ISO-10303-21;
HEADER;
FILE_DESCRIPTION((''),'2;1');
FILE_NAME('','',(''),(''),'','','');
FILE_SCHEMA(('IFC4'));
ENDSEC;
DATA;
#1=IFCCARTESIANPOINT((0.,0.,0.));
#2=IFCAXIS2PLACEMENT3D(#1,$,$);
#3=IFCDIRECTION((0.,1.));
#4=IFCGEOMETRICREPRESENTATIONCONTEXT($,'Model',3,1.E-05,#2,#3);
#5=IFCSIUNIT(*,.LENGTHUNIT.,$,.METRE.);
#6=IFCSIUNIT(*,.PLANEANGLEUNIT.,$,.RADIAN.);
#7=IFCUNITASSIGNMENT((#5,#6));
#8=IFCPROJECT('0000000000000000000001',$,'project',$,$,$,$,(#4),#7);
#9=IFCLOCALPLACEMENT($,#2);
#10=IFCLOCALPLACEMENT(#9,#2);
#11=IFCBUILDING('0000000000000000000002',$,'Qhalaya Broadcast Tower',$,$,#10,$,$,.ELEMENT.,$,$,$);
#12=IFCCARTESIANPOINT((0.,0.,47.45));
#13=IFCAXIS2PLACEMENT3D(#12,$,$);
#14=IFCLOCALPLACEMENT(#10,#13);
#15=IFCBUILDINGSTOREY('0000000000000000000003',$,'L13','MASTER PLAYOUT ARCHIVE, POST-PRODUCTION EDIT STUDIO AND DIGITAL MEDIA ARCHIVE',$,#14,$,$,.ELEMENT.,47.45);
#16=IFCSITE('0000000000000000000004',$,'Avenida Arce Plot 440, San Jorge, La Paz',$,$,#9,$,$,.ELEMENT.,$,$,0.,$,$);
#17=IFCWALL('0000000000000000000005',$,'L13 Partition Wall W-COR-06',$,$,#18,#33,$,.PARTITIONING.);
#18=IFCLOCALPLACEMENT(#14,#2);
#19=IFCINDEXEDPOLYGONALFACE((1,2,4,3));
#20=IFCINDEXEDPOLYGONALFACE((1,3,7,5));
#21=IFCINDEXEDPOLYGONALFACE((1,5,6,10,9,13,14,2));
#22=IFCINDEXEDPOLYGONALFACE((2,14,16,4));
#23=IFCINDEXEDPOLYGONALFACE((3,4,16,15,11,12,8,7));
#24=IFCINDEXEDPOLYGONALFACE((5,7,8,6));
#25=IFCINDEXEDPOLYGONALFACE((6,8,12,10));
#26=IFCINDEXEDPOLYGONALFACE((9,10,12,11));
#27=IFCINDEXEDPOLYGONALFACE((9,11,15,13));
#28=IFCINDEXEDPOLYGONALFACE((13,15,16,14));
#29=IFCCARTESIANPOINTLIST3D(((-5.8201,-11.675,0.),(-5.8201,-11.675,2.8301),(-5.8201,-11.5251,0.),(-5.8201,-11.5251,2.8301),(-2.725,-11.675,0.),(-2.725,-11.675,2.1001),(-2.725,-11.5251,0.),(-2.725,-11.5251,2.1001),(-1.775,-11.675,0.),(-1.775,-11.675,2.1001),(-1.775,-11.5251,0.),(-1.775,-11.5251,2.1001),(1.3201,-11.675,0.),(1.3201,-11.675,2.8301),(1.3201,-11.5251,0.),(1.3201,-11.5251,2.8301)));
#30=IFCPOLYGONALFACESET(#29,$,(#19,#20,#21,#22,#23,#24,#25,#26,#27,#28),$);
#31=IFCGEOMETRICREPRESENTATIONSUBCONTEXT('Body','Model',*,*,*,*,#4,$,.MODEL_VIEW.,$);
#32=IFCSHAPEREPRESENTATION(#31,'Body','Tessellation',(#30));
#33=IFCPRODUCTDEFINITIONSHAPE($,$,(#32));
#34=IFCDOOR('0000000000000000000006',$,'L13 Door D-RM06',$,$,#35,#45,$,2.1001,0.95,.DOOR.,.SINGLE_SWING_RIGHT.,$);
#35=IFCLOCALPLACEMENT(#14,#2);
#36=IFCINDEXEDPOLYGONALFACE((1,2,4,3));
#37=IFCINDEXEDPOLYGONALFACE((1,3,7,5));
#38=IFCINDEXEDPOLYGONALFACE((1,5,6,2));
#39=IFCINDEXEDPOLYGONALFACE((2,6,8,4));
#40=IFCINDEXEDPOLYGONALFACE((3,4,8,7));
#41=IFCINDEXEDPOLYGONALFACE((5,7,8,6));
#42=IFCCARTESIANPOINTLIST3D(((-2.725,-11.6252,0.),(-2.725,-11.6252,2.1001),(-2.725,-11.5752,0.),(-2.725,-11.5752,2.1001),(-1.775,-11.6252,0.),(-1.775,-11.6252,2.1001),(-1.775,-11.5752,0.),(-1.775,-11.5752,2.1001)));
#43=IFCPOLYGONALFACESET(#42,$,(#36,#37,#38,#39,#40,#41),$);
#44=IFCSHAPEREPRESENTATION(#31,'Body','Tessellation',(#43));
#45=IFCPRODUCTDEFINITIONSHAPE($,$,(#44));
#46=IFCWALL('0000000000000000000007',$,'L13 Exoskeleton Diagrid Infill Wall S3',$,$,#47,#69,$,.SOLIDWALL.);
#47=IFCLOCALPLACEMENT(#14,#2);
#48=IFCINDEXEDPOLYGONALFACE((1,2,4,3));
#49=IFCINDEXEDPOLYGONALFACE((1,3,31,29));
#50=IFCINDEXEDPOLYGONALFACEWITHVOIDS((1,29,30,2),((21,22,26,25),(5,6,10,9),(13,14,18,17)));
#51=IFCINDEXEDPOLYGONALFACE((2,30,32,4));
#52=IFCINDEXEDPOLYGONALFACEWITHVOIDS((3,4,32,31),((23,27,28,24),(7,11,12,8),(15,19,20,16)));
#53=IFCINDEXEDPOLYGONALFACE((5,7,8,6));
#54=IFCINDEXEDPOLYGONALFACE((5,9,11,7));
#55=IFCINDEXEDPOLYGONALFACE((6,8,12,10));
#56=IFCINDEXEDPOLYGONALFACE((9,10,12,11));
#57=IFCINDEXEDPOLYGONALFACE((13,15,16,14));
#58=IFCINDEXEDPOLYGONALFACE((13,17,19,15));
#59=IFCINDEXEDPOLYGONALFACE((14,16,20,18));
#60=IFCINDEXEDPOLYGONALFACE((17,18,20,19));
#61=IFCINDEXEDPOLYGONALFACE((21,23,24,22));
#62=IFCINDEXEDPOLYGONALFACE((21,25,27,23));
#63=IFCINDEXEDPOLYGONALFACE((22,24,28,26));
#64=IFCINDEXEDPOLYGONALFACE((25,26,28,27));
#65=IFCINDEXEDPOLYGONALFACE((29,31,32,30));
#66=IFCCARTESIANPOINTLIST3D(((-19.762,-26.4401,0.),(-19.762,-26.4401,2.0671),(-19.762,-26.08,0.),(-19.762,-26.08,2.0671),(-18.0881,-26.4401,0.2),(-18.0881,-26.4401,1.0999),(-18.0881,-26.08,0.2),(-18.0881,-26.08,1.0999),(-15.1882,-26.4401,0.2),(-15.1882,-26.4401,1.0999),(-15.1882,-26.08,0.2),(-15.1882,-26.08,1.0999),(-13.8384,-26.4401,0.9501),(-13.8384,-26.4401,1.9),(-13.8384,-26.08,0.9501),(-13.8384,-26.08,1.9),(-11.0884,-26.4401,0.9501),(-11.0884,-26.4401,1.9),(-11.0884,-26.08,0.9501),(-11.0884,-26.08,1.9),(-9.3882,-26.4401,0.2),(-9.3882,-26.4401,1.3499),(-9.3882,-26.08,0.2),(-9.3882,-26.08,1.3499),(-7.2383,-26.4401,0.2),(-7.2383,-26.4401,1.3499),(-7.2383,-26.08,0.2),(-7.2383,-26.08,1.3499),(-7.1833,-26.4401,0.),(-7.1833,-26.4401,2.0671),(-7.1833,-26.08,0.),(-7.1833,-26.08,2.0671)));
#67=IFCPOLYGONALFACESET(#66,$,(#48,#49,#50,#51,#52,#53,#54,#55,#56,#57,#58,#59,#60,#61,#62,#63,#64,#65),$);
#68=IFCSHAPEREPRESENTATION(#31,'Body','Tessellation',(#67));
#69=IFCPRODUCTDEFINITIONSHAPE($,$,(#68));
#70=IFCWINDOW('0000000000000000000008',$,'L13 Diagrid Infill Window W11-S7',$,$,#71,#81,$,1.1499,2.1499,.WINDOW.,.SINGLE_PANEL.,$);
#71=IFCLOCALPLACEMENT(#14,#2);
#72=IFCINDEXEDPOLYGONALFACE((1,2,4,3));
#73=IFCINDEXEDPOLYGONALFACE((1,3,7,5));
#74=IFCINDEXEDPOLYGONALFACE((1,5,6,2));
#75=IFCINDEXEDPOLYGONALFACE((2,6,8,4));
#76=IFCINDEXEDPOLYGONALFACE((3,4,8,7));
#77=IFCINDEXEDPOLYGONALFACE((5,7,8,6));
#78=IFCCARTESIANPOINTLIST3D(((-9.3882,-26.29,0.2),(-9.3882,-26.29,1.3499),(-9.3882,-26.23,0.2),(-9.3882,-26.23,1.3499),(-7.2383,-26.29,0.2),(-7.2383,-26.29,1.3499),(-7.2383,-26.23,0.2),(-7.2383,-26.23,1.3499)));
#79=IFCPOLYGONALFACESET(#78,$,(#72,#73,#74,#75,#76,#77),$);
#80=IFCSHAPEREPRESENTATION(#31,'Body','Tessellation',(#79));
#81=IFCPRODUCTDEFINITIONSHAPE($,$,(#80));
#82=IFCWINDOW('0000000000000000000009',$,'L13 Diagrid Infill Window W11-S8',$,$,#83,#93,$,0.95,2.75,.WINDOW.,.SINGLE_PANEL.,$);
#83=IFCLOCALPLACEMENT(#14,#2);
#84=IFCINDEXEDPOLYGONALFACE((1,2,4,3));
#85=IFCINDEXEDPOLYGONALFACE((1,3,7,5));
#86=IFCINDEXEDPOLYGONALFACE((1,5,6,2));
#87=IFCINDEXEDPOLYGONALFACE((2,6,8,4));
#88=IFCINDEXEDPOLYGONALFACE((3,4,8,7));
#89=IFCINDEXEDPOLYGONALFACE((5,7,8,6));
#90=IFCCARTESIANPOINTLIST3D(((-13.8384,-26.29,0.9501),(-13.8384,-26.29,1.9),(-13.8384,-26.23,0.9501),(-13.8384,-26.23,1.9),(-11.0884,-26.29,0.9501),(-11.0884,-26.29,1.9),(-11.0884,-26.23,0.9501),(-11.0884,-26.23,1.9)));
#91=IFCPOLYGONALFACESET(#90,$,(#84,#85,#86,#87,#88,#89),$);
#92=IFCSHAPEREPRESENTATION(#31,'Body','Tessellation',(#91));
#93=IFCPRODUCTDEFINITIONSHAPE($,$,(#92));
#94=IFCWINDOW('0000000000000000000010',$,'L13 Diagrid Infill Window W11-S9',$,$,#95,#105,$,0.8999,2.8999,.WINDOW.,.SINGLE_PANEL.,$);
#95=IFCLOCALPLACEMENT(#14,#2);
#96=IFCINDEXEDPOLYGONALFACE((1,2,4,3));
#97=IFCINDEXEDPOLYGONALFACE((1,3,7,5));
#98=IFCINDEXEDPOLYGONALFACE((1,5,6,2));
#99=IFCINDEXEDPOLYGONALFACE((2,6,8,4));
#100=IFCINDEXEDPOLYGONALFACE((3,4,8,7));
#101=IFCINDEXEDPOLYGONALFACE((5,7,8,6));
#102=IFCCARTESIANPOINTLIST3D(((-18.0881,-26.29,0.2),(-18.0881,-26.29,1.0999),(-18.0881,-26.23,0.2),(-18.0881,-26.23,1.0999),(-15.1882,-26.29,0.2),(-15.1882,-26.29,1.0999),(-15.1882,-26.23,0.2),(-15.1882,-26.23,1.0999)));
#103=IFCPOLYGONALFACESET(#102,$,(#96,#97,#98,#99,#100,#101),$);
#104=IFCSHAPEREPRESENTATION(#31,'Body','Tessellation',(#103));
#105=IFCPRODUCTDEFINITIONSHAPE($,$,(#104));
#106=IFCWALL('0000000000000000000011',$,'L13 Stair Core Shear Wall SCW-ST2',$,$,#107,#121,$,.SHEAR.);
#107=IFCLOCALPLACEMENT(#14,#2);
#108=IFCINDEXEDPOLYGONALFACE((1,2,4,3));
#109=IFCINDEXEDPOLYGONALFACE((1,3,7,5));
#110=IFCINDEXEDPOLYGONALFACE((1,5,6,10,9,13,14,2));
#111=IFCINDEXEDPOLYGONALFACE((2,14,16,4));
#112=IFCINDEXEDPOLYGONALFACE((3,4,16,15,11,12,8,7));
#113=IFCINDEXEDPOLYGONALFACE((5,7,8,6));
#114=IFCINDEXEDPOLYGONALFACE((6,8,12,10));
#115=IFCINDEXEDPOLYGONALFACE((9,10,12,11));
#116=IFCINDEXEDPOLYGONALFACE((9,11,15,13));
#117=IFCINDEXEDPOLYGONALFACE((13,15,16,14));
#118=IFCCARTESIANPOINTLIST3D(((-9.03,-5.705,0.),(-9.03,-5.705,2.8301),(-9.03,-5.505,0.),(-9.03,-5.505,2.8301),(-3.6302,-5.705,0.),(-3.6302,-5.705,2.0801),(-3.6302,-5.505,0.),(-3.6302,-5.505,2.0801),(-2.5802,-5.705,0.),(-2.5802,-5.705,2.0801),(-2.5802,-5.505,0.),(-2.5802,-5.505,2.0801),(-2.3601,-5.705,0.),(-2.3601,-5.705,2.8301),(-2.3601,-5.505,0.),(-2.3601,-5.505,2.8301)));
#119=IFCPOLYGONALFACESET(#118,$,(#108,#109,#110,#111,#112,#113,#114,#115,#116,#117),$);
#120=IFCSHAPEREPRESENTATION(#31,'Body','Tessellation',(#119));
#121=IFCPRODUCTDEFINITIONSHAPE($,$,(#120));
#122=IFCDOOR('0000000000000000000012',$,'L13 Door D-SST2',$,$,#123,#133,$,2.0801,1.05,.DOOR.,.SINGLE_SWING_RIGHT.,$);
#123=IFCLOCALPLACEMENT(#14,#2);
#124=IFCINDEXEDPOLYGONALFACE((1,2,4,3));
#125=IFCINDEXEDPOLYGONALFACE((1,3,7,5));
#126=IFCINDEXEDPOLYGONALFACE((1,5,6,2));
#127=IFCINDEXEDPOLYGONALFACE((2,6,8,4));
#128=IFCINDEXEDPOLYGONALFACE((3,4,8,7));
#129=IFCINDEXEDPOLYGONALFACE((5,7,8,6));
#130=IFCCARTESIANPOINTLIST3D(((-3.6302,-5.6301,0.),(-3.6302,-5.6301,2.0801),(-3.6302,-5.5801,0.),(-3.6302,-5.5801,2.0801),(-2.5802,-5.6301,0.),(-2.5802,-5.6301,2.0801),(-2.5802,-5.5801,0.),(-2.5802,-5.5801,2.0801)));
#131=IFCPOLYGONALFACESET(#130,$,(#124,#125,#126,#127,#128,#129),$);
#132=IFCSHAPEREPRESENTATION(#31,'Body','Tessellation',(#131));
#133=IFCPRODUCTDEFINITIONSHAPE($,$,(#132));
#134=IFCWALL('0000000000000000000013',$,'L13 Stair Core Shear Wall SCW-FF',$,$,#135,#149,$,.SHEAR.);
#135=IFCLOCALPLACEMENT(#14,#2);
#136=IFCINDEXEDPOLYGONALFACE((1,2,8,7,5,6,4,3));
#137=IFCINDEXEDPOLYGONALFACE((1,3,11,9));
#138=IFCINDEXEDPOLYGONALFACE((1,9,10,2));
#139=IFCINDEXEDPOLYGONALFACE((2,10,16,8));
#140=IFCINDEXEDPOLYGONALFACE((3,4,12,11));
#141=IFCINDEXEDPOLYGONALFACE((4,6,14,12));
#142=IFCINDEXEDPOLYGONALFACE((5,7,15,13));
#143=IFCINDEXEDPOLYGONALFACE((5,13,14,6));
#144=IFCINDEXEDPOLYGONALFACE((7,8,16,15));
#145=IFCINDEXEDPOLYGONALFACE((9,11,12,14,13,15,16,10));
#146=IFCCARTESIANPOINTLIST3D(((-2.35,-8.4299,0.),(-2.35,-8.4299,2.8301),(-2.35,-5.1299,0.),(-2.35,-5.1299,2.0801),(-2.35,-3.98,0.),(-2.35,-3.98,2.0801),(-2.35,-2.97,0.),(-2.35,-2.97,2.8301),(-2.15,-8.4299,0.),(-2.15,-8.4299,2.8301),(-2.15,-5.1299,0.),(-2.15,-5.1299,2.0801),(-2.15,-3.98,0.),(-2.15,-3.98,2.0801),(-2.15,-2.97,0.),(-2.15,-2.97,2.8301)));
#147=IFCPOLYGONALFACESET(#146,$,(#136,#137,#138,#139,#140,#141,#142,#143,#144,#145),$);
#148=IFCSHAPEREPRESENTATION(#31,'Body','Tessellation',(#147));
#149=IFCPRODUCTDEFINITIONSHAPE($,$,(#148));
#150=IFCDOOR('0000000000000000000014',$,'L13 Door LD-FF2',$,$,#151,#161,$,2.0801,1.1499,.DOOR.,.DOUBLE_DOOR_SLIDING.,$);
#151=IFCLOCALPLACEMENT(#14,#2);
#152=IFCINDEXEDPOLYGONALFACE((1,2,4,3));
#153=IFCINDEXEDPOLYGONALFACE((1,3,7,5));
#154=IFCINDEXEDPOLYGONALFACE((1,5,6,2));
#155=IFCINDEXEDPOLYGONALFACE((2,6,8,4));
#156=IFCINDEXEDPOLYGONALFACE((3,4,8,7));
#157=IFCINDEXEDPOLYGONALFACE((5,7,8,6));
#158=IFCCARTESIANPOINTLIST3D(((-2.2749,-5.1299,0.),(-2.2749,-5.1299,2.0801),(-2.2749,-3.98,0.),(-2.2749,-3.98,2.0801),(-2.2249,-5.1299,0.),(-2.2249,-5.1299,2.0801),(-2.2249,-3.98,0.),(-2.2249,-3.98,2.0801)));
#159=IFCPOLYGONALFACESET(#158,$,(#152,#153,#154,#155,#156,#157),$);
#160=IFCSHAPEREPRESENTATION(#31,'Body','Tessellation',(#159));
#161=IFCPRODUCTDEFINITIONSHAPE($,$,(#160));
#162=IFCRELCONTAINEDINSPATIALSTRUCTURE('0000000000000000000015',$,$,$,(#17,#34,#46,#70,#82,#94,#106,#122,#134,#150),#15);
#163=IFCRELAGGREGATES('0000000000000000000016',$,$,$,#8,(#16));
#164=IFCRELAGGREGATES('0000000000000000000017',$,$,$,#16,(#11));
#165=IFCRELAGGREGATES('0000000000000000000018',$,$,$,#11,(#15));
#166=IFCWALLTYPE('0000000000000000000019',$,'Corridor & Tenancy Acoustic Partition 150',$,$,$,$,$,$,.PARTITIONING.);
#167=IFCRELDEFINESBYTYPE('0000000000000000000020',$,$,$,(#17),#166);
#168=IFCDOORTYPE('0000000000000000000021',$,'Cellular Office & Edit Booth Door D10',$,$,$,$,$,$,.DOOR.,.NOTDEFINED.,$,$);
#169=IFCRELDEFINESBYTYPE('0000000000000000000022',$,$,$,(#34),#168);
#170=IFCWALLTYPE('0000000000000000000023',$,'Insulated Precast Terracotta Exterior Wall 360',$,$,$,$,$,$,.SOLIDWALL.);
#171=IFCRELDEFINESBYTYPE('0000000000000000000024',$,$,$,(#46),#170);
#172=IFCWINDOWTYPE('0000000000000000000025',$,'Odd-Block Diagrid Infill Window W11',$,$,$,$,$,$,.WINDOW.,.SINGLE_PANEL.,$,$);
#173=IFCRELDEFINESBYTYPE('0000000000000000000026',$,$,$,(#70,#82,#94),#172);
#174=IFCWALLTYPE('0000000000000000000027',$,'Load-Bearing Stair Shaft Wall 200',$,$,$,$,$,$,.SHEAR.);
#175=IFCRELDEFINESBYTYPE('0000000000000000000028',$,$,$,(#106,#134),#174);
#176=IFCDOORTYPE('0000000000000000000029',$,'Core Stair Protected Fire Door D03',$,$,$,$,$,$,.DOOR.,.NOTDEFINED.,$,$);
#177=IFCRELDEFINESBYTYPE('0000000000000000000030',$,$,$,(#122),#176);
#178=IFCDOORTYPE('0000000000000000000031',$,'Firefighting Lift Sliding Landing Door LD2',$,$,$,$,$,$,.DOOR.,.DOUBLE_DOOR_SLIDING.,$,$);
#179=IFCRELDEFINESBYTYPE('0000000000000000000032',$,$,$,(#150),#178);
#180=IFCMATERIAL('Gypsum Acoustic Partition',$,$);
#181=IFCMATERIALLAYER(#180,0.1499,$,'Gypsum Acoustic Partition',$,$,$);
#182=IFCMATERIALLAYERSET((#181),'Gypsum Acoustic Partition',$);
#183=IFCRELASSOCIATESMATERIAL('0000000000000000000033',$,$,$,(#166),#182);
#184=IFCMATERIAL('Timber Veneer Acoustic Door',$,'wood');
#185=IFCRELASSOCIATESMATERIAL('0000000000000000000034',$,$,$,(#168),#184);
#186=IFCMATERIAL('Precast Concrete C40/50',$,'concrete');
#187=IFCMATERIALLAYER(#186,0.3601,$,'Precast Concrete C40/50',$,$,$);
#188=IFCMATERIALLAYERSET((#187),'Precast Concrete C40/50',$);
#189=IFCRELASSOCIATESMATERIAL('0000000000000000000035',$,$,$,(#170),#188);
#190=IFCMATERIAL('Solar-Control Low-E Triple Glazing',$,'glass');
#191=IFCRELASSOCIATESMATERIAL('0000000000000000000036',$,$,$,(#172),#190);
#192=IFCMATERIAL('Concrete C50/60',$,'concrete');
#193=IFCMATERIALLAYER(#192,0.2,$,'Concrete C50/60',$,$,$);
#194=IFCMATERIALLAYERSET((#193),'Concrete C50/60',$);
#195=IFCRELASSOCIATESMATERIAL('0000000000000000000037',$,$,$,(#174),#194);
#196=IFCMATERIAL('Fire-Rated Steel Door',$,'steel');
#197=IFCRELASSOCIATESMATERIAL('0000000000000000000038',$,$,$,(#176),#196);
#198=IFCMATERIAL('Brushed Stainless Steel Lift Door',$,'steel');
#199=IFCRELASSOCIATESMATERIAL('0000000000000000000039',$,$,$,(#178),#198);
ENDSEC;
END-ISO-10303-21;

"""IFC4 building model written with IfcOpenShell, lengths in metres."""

from ifc_helpers import new_model, si_unit, direction, frame, frame_2d, origin, place, context, subcontext, project, spatial, rectangle, extrude, material, layer, layer_set, type_object, element, fill, save


model = new_model("IFC4")

# Units and contexts
model_context = context("Model", 3, precision=1e-05, world=origin(), true_north=direction((0.0, 1.0)))
body_context = subcontext(model_context, "Body", "Model", "MODEL_VIEW")
ifc_project = project(units=[si_unit("LENGTHUNIT", "METRE"), si_unit("PLANEANGLEUNIT", "RADIAN")], contexts=[model_context])

# Site, building, storey
site_placement = place(None, origin())
site = spatial("IfcSite", under=ifc_project, at=site_placement, Name="Avenida Arce Plot 440, San Jorge, La Paz", CompositionType="ELEMENT", RefElevation=0.0)
building_placement = place(site_placement, origin())
building = spatial("IfcBuilding", under=site, at=building_placement, Name="Qhalaya Broadcast Tower", CompositionType="ELEMENT")
storey_placement = place(building_placement, frame((0.0, 0.0, 47.45)))
storey = spatial("IfcBuildingStorey", under=building, at=storey_placement, Name="L13", Description="MASTER PLAYOUT ARCHIVE, POST-PRODUCTION EDIT STUDIO AND DIGITAL MEDIA ARCHIVE", CompositionType="ELEMENT", Elevation=47.45)

# Shared definitions
ifc_material_1 = material(Name="Concrete C50/60", Category="concrete")

# Wall, opening, door
ifc_material_2 = material(Name="Gypsum Acoustic Partition")
ifc_layer_1 = layer(ifc_material_2, 0.1499, Name="Gypsum Acoustic Partition")
ifc_layer_set_1 = layer_set([ifc_layer_1], Name="Gypsum Acoustic Partition")
wall_type_1 = type_object("IfcWallType", Name="Corridor & Tenancy Acoustic Partition 150", PredefinedType="PARTITIONING", material=ifc_layer_set_1)
wall_1_placement = place(storey_placement, frame((-5.8201, -11.6001, 0.0), z_axis=(0.0, 0.0, 1.0), x_axis=(1.0, 0.0, 0.0)))
wall_1 = element("IfcWall", 1, at=wall_1_placement, inside=storey, type_object=wall_type_1, Name="L13 Partition Wall W-COR-06", PredefinedType="PARTITIONING", context=body_context, shape_type="SweptSolid", body=[
    extrude(rectangle(XDim=7.1401, YDim=0.1499, at=frame_2d((3.5701, 0.0))), origin(), (0.0, 0.0, 1.0), 2.8301),
])
opening_1_placement = place(wall_1_placement, frame((3.095, 0.0, 0.0)))
opening_1 = element("IfcOpeningElement", 2, at=opening_1_placement, cuts=wall_1, PredefinedType="OPENING", context=body_context, shape_type="SweptSolid", body=[
    extrude(rectangle(XDim=0.95, YDim=2.1001, at=frame_2d((0.4751, 1.05))), frame((0.0, 0.0869, 0.0), z_axis=(0.0, -1.0, 0.0), x_axis=(1.0, 0.0, 0.0)), (0.0, 0.0, 1.0), 0.1738),
])
ifc_material_3 = material(Name="Timber Veneer Acoustic Door", Category="wood")
door_type_1 = type_object("IfcDoorType", Name="Cellular Office & Edit Booth Door D10", OperationType="NOTDEFINED", PredefinedType="DOOR", material=ifc_material_3)
door_1_placement = place(opening_1_placement, origin())
door_1 = element("IfcDoor", 3, at=door_1_placement, inside=storey, type_object=door_type_1, Name="L13 Door D-RM06", OperationType="SINGLE_SWING_RIGHT", OverallHeight=2.1001, OverallWidth=0.95, PredefinedType="DOOR", context=body_context, shape_type="SweptSolid", body=[
    extrude(rectangle(XDim=0.95, YDim=2.1001, at=frame_2d((0.4751, 1.05))), frame((0.0, 0.0249, 0.0), z_axis=(0.0, -1.0, 0.0), x_axis=(1.0, 0.0, 0.0)), (0.0, 0.0, 1.0), 0.05),
])
fill(opening_1, door_1)

# Wall, openings, windows
ifc_material_4 = material(Name="Precast Concrete C40/50", Category="concrete")
ifc_layer_2 = layer(ifc_material_4, 0.3601, Name="Precast Concrete C40/50")
ifc_layer_set_2 = layer_set([ifc_layer_2], Name="Precast Concrete C40/50")
wall_type_2 = type_object("IfcWallType", Name="Insulated Precast Terracotta Exterior Wall 360", PredefinedType="SOLIDWALL", material=ifc_layer_set_2)
wall_2_placement = place(storey_placement, frame((-7.1833, -26.26, 0.0), z_axis=(0.0, 0.0, 1.0), x_axis=(-1.0, 0.0, 0.0)))
wall_2 = element("IfcWall", 4, at=wall_2_placement, inside=storey, type_object=wall_type_2, Name="L13 Exoskeleton Diagrid Infill Wall S3", PredefinedType="SOLIDWALL", context=body_context, shape_type="SweptSolid", body=[
    extrude(rectangle(XDim=12.5786, YDim=0.3601, at=frame_2d((6.2893, 0.0))), origin(), (0.0, 0.0, 1.0), 2.0671),
])
opening_2_placement = place(wall_2_placement, frame((0.0549, 0.0, 0.2)))
opening_2 = element("IfcOpeningElement", 5, at=opening_2_placement, cuts=wall_2, PredefinedType="OPENING", context=body_context, shape_type="SweptSolid", body=[
    extrude(rectangle(XDim=2.1499, YDim=1.1499, at=frame_2d((1.075, 0.575))), frame((0.0, 0.1921, 0.0), z_axis=(0.0, -1.0, 0.0), x_axis=(1.0, 0.0, 0.0)), (0.0, 0.0, 1.0), 0.384),
])
opening_3_placement = place(wall_2_placement, frame((3.905, 0.0, 0.95)))
opening_3 = element("IfcOpeningElement", 6, at=opening_3_placement, cuts=wall_2, PredefinedType="OPENING", context=body_context, shape_type="SweptSolid", body=[
    extrude(rectangle(XDim=2.75, YDim=0.95, at=frame_2d((1.375, 0.4751))), frame((0.0, 0.1921, 0.0), z_axis=(0.0, -1.0, 0.0), x_axis=(1.0, 0.0, 0.0)), (0.0, 0.0, 1.0), 0.384),
])
opening_4_placement = place(wall_2_placement, frame((8.0049, 0.0, 0.2)))
opening_4 = element("IfcOpeningElement", 7, at=opening_4_placement, cuts=wall_2, PredefinedType="OPENING", context=body_context, shape_type="SweptSolid", body=[
    extrude(rectangle(XDim=2.8999, YDim=0.8999, at=frame_2d((1.45, 0.45))), frame((0.0, 0.1921, 0.0), z_axis=(0.0, -1.0, 0.0), x_axis=(1.0, 0.0, 0.0)), (0.0, 0.0, 1.0), 0.384),
])
ifc_material_5 = material(Name="Solar-Control Low-E Triple Glazing", Category="glass")
window_type = type_object("IfcWindowType", Name="Odd-Block Diagrid Infill Window W11", PartitioningType="SINGLE_PANEL", PredefinedType="WINDOW", material=ifc_material_5)
window_1_placement = place(opening_2_placement, origin())
window_1 = element("IfcWindow", 8, at=window_1_placement, inside=storey, type_object=window_type, Name="L13 Diagrid Infill Window W11-S7", OverallHeight=1.1499, OverallWidth=2.1499, PartitioningType="SINGLE_PANEL", PredefinedType="WINDOW", context=body_context, shape_type="SweptSolid", body=[
    extrude(rectangle(XDim=2.1499, YDim=1.1499, at=frame_2d((1.075, 0.575))), frame((0.0, 0.03, 0.0), z_axis=(0.0, -1.0, 0.0), x_axis=(1.0, 0.0, 0.0)), (0.0, 0.0, 1.0), 0.0601),
])
fill(opening_2, window_1)
window_2_placement = place(opening_3_placement, origin())
window_2 = element("IfcWindow", 9, at=window_2_placement, inside=storey, type_object=window_type, Name="L13 Diagrid Infill Window W11-S8", OverallHeight=0.95, OverallWidth=2.75, PartitioningType="SINGLE_PANEL", PredefinedType="WINDOW", context=body_context, shape_type="SweptSolid", body=[
    extrude(rectangle(XDim=2.75, YDim=0.95, at=frame_2d((1.375, 0.4751))), frame((0.0, 0.03, 0.0), z_axis=(0.0, -1.0, 0.0), x_axis=(1.0, 0.0, 0.0)), (0.0, 0.0, 1.0), 0.0601),
])
fill(opening_3, window_2)
window_3_placement = place(opening_4_placement, origin())
window_3 = element("IfcWindow", 10, at=window_3_placement, inside=storey, type_object=window_type, Name="L13 Diagrid Infill Window W11-S9", OverallHeight=0.8999, OverallWidth=2.8999, PartitioningType="SINGLE_PANEL", PredefinedType="WINDOW", context=body_context, shape_type="SweptSolid", body=[
    extrude(rectangle(XDim=2.8999, YDim=0.8999, at=frame_2d((1.45, 0.45))), frame((0.0, 0.03, 0.0), z_axis=(0.0, -1.0, 0.0), x_axis=(1.0, 0.0, 0.0)), (0.0, 0.0, 1.0), 0.0601),
])
fill(opening_4, window_3)

# Walls, openings, doors
ifc_layer_3 = layer(ifc_material_1, 0.2, Name="Concrete C50/60")
ifc_layer_set_3 = layer_set([ifc_layer_3], Name="Concrete C50/60")
wall_type_3 = type_object("IfcWallType", Name="Load-Bearing Stair Shaft Wall 200", PredefinedType="SHEAR", material=ifc_layer_set_3)
wall_3_placement = place(storey_placement, frame((-9.03, -5.605, 0.0), z_axis=(0.0, 0.0, 1.0), x_axis=(1.0, 0.0, 0.0)))
wall_3 = element("IfcWall", 11, at=wall_3_placement, inside=storey, type_object=wall_type_3, Name="L13 Stair Core Shear Wall SCW-ST2", PredefinedType="SHEAR", context=body_context, shape_type="SweptSolid", body=[
    extrude(rectangle(XDim=6.6699, YDim=0.2, at=frame_2d((3.335, 0.0))), origin(), (0.0, 0.0, 1.0), 2.8301),
])
opening_5_placement = place(wall_3_placement, frame((5.3999, 0.0, 0.0)))
opening_5 = element("IfcOpeningElement", 12, at=opening_5_placement, cuts=wall_3, PredefinedType="OPENING", context=body_context, shape_type="SweptSolid", body=[
    extrude(rectangle(XDim=1.05, YDim=2.0801, at=frame_2d((0.5249, 1.04))), frame((0.0, 0.1121, 0.0), z_axis=(0.0, -1.0, 0.0), x_axis=(1.0, 0.0, 0.0)), (0.0, 0.0, 1.0), 0.2239),
])
ifc_material_6 = material(Name="Fire-Rated Steel Door", Category="steel")
door_type_2 = type_object("IfcDoorType", Name="Core Stair Protected Fire Door D03", OperationType="NOTDEFINED", PredefinedType="DOOR", material=ifc_material_6)
door_2_placement = place(opening_5_placement, origin())
door_2 = element("IfcDoor", 13, at=door_2_placement, inside=storey, type_object=door_type_2, Name="L13 Door D-SST2", OperationType="SINGLE_SWING_RIGHT", OverallHeight=2.0801, OverallWidth=1.05, PredefinedType="DOOR", context=body_context, shape_type="SweptSolid", body=[
    extrude(rectangle(XDim=1.05, YDim=2.0801, at=frame_2d((0.5249, 1.04))), frame((0.0, 0.0249, 0.0), z_axis=(0.0, -1.0, 0.0), x_axis=(1.0, 0.0, 0.0)), (0.0, 0.0, 1.0), 0.05),
])
fill(opening_5, door_2)
wall_4_placement = place(storey_placement, frame((-2.25, -8.4299, 0.0), z_axis=(0.0, 0.0, 1.0), x_axis=(0.0, 1.0, 0.0)))
wall_4 = element("IfcWall", 14, at=wall_4_placement, inside=storey, type_object=wall_type_3, Name="L13 Stair Core Shear Wall SCW-FF", PredefinedType="SHEAR", context=body_context, shape_type="SweptSolid", body=[
    extrude(rectangle(XDim=5.46, YDim=0.2, at=frame_2d((2.73, 0.0))), origin(), (0.0, 0.0, 1.0), 2.8301),
])
opening_6_placement = place(wall_4_placement, frame((3.3, 0.0, 0.0)))
opening_6 = element("IfcOpeningElement", 15, at=opening_6_placement, cuts=wall_4, PredefinedType="OPENING", context=body_context, shape_type="SweptSolid", body=[
    extrude(rectangle(XDim=1.1499, YDim=2.0801, at=frame_2d((0.575, 1.04))), frame((0.0, 0.1121, 0.0), z_axis=(0.0, -1.0, 0.0), x_axis=(1.0, 0.0, 0.0)), (0.0, 0.0, 1.0), 0.2239),
])
ifc_material_7 = material(Name="Brushed Stainless Steel Lift Door", Category="steel")
door_type_3 = type_object("IfcDoorType", Name="Firefighting Lift Sliding Landing Door LD2", OperationType="DOUBLE_DOOR_SLIDING", PredefinedType="DOOR", material=ifc_material_7)
door_3_placement = place(opening_6_placement, origin())
door_3 = element("IfcDoor", 16, at=door_3_placement, inside=storey, type_object=door_type_3, Name="L13 Door LD-FF2", OperationType="DOUBLE_DOOR_SLIDING", OverallHeight=2.0801, OverallWidth=1.1499, PredefinedType="DOOR", context=body_context, shape_type="SweptSolid", body=[
    extrude(rectangle(XDim=1.1499, YDim=2.0801, at=frame_2d((0.575, 1.04))), frame((0.0, 0.0249, 0.0), z_axis=(0.0, -1.0, 0.0), x_axis=(1.0, 0.0, 0.0)), (0.0, 0.0, 1.0), 0.05),
])
fill(opening_6, door_3)

save(model, "model.ifc")
